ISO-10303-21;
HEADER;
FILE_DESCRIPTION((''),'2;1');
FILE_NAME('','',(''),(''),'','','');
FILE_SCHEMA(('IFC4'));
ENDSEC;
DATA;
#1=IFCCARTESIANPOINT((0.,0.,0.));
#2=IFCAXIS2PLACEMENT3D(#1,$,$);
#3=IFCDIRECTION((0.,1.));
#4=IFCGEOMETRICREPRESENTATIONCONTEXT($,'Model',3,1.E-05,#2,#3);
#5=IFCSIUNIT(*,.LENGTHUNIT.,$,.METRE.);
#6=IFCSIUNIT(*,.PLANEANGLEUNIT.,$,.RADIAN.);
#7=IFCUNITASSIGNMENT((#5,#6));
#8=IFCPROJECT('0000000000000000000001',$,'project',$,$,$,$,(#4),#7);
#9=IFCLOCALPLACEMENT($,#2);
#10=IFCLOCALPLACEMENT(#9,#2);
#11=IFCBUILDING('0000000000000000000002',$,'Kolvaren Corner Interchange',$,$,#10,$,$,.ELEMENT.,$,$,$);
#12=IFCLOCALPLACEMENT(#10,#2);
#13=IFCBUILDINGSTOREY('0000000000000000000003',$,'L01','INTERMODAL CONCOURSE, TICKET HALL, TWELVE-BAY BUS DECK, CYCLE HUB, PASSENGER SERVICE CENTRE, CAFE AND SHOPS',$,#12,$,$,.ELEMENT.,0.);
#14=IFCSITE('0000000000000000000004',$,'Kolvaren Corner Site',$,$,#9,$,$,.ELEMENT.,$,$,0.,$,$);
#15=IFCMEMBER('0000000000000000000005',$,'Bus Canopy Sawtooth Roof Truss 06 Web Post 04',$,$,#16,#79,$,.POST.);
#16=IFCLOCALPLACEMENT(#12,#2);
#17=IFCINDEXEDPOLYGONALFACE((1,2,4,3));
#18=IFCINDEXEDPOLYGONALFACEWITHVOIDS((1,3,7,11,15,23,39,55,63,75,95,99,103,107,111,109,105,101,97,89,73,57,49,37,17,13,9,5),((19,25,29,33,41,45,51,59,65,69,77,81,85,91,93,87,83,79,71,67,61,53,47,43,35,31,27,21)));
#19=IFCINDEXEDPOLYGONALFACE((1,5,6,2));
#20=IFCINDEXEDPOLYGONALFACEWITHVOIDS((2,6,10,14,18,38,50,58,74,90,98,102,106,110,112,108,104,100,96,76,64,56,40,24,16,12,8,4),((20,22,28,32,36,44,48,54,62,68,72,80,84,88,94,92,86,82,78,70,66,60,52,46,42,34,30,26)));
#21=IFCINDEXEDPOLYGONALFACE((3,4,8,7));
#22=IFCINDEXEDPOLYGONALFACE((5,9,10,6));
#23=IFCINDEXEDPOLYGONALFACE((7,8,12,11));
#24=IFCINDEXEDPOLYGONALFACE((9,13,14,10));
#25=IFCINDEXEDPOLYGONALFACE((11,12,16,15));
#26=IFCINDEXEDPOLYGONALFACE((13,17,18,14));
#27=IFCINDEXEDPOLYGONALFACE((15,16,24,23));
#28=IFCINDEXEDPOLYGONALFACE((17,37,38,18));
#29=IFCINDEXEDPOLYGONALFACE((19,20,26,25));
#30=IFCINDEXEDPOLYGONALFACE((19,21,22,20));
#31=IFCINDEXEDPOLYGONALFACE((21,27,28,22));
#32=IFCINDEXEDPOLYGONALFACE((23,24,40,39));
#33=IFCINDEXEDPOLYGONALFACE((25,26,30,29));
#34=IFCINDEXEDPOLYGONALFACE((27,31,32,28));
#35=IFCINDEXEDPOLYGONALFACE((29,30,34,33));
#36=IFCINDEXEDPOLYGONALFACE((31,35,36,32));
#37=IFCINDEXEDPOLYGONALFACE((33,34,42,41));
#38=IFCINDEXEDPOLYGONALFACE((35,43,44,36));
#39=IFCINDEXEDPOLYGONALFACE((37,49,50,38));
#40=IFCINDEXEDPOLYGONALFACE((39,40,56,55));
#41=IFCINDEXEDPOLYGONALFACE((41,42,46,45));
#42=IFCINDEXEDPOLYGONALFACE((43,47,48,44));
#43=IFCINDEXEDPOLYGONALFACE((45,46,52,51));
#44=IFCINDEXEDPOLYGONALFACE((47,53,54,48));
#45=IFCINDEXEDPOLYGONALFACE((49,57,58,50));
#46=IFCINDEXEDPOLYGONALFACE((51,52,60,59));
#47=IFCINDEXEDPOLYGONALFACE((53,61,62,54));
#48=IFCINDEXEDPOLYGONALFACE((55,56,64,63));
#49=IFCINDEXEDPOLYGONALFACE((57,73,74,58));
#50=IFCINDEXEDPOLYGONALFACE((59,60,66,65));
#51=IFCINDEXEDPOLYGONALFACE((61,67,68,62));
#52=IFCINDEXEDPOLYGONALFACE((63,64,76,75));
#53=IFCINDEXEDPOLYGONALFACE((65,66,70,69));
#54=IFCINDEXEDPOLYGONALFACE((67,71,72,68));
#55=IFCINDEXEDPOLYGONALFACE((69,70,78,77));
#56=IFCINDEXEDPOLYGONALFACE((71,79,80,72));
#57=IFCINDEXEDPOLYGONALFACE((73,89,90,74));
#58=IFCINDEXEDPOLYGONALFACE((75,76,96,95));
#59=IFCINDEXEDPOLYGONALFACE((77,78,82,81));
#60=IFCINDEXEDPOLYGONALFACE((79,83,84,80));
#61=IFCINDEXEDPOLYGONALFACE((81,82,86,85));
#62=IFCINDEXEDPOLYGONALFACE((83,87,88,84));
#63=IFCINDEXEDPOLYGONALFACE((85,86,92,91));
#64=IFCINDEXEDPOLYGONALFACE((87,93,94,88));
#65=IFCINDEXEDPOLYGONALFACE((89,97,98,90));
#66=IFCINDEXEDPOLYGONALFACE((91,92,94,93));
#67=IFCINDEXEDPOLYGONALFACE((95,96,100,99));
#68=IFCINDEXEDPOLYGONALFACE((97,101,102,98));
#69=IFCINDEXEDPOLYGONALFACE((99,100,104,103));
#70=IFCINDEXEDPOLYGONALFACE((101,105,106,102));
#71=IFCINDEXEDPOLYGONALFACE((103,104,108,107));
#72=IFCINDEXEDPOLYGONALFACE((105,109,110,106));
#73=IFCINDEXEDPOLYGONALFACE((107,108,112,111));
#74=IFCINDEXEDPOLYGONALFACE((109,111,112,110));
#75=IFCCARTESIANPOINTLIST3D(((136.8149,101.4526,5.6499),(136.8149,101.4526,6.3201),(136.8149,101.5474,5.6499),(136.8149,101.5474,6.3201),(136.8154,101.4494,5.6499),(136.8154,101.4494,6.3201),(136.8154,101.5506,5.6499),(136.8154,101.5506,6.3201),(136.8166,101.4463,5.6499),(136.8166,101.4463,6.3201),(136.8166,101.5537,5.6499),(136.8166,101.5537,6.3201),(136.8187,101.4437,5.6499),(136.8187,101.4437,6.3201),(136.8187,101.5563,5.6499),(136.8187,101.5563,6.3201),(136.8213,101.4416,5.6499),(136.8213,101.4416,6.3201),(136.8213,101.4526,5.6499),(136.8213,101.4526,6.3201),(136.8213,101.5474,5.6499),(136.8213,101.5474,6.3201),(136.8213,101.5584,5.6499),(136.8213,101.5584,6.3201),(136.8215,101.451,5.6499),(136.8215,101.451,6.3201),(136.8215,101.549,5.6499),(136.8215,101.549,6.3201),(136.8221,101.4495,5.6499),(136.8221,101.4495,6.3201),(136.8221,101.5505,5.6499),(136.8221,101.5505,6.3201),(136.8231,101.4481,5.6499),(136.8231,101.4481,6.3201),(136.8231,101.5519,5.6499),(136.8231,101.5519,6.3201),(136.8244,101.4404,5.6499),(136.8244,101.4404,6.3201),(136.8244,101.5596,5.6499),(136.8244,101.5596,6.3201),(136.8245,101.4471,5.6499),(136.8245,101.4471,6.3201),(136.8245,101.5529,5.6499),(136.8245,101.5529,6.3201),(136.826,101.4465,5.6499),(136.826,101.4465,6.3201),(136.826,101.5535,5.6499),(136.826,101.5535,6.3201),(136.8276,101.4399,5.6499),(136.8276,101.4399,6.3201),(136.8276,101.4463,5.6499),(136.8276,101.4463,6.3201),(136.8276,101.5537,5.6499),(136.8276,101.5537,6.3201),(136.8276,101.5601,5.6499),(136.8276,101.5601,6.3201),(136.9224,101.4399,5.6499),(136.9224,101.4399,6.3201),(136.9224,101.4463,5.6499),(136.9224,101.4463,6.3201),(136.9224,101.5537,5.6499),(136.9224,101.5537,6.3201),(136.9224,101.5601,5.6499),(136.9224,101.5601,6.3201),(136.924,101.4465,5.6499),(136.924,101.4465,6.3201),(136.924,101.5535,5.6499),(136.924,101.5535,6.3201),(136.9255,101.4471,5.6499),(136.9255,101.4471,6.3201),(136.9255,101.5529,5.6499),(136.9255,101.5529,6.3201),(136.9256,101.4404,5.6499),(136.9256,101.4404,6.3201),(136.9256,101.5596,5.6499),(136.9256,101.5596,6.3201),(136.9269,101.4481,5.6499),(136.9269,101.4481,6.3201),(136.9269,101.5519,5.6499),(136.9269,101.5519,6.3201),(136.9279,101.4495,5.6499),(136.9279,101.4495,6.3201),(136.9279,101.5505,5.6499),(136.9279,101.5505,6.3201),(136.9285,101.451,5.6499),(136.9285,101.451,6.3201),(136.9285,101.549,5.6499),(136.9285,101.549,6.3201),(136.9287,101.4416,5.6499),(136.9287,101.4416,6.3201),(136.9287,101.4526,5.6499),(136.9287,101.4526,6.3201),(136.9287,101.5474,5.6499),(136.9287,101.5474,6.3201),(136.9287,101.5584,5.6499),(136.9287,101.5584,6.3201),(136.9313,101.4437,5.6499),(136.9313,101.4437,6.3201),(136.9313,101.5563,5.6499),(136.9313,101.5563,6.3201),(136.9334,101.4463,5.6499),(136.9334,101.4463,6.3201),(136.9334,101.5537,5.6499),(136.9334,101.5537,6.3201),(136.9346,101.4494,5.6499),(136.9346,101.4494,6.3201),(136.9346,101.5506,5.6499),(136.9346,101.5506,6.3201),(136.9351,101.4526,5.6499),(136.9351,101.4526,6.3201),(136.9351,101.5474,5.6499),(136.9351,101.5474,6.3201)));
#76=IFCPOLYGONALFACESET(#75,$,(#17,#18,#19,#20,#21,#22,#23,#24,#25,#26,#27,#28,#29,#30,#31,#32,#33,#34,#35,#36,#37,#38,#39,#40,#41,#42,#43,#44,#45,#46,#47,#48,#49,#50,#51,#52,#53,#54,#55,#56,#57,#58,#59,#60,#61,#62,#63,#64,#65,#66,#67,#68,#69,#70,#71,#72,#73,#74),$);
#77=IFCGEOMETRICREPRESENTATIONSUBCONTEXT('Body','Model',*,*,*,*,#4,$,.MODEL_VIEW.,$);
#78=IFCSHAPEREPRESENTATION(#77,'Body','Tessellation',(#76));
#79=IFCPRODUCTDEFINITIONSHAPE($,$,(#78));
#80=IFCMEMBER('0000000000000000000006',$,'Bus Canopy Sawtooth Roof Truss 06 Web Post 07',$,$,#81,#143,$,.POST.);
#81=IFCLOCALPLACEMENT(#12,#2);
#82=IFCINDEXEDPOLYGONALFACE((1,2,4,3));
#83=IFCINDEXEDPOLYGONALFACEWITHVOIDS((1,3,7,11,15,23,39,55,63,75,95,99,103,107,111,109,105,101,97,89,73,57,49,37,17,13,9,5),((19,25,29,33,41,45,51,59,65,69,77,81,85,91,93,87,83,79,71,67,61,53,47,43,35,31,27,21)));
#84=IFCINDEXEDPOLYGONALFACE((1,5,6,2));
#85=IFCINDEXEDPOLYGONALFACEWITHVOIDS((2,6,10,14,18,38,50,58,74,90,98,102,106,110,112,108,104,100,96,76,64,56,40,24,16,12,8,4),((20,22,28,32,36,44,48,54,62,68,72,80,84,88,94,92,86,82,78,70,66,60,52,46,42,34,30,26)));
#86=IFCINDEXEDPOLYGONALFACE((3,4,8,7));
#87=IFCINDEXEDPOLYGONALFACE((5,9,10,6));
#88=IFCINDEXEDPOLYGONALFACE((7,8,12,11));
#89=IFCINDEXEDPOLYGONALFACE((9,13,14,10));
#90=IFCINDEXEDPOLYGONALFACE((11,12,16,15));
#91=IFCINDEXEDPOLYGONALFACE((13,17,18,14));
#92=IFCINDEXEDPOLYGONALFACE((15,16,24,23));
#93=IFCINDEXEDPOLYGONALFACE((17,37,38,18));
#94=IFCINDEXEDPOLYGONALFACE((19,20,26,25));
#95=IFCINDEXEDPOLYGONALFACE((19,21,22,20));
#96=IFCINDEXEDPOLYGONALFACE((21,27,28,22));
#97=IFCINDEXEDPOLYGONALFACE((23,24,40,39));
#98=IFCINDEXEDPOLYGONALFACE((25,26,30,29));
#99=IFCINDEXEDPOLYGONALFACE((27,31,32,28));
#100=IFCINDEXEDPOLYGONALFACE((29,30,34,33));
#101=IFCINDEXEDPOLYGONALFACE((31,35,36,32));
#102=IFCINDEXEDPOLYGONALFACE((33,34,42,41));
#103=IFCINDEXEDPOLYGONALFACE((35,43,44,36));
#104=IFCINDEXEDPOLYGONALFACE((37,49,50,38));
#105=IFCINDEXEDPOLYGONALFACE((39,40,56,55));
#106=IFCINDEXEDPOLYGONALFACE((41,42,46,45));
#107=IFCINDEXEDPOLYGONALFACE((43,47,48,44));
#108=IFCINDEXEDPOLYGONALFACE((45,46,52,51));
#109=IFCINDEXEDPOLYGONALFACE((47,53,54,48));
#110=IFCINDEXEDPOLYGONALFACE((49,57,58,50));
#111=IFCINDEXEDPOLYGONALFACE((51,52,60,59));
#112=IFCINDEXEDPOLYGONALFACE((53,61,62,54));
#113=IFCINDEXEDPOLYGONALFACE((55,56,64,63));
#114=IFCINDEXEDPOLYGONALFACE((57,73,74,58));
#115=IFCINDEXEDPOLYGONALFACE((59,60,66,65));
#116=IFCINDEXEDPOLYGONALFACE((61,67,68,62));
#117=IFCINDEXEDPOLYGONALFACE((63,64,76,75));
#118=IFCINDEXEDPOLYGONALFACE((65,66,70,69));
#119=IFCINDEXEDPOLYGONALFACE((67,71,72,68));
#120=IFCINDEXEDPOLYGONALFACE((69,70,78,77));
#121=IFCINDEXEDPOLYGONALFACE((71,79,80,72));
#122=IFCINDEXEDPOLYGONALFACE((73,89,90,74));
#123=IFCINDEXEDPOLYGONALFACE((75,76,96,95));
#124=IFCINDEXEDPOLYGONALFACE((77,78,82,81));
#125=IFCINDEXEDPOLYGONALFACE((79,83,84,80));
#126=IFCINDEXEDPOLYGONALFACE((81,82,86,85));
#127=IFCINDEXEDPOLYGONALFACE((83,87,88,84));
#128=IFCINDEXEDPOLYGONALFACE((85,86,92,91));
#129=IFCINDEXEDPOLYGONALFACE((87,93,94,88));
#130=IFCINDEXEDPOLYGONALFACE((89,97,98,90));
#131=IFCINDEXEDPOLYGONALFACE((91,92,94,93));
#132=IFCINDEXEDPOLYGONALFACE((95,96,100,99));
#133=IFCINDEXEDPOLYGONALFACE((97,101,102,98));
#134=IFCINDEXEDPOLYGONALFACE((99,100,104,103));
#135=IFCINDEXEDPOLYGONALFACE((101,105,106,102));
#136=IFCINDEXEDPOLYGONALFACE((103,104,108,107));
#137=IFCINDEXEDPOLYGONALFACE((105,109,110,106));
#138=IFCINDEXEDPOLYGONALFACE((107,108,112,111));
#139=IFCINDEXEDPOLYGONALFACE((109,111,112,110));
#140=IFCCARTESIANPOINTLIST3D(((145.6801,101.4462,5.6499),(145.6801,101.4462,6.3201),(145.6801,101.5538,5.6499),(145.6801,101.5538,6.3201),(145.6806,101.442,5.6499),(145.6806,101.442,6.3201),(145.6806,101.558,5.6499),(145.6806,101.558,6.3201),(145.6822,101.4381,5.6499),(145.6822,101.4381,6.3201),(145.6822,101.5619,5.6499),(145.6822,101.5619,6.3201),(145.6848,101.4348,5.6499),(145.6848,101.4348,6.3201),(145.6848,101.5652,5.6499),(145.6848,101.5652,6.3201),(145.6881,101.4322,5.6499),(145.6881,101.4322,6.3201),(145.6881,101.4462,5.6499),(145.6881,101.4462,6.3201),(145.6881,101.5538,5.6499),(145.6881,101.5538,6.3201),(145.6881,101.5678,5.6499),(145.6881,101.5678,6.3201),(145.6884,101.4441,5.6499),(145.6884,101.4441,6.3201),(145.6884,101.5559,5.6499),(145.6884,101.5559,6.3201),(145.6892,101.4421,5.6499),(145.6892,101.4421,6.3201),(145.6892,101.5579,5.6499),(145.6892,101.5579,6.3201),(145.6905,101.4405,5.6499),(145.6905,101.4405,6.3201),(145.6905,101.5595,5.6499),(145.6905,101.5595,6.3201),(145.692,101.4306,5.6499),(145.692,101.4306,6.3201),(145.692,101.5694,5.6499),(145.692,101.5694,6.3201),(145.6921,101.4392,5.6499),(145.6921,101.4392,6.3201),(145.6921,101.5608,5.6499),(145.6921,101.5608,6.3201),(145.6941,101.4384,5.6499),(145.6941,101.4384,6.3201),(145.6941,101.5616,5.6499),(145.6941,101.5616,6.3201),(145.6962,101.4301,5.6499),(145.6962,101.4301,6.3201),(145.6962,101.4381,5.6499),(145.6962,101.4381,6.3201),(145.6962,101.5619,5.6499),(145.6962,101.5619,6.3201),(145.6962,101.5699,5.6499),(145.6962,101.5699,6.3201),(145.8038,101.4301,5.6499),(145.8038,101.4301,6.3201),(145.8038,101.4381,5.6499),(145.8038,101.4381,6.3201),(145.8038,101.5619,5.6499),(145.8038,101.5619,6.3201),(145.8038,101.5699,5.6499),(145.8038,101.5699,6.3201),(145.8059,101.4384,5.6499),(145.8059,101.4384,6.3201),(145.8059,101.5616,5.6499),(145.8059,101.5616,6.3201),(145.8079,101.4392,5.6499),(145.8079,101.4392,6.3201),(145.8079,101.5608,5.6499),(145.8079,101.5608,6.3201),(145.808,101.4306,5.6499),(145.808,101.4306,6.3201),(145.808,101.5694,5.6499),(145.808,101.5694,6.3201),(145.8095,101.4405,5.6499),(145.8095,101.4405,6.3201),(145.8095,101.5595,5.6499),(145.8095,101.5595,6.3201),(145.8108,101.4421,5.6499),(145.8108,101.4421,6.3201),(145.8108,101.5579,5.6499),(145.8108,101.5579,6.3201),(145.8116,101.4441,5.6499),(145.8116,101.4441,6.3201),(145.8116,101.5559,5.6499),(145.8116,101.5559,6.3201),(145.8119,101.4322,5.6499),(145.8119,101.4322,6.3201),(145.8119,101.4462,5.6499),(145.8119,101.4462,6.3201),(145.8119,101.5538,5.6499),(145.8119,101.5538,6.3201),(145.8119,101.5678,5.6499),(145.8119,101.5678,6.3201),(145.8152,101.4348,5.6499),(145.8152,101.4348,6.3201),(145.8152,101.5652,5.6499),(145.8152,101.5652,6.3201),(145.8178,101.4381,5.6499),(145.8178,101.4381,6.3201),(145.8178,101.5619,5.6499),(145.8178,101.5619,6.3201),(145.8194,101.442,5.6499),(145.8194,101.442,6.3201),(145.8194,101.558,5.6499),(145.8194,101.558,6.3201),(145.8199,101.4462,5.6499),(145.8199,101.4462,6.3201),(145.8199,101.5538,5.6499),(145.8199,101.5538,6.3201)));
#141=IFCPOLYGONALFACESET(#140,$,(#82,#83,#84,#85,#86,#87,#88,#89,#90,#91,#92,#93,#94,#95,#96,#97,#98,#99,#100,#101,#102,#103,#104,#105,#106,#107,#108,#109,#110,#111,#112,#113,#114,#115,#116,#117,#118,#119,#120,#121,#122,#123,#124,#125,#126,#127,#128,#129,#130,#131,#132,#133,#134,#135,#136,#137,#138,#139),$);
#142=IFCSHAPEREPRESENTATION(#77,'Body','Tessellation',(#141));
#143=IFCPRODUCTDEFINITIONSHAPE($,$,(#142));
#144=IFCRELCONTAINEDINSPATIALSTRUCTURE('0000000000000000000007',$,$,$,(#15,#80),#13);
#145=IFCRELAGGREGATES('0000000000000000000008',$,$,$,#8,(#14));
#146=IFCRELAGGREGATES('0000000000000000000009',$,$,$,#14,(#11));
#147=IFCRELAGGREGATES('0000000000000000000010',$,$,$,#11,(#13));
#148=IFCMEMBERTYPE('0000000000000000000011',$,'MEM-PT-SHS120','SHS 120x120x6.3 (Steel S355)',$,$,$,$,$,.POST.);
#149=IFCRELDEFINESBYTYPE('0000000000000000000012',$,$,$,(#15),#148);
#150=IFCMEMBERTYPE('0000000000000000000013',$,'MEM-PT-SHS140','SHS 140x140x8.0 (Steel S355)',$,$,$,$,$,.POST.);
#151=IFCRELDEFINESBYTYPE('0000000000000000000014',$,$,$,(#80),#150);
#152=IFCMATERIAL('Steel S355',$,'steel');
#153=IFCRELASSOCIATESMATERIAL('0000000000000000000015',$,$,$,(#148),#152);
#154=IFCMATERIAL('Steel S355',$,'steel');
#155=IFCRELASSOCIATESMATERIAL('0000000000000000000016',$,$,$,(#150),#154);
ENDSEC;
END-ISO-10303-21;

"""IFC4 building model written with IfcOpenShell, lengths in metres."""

from ifc_helpers import new_model, si_unit, direction, frame, origin, origin_2d, place, context, subcontext, project, spatial, hollow_rectangle, extrude, material, material_profile, profile_set, type_object, element, save


model = new_model("IFC4")

# Units and contexts
model_context = context("Model", 3, precision=1e-05, world=origin(), true_north=direction((0.0, 1.0)))
body_context = subcontext(model_context, "Body", "Model", "MODEL_VIEW")
ifc_project = project(units=[si_unit("LENGTHUNIT", "METRE"), si_unit("PLANEANGLEUNIT", "RADIAN")], contexts=[model_context])

# Site, building, storey
site_placement = place(None, origin())
site = spatial("IfcSite", under=ifc_project, at=site_placement, Name="Kolvaren Corner Site", CompositionType="ELEMENT", RefElevation=0.0)
building_placement = place(site_placement, origin())
building = spatial("IfcBuilding", under=site, at=building_placement, Name="Kolvaren Corner Interchange", CompositionType="ELEMENT")
storey_placement = place(building_placement, origin())
storey = spatial("IfcBuildingStorey", under=building, at=storey_placement, Name="L01", Description="INTERMODAL CONCOURSE, TICKET HALL, TWELVE-BAY BUS DECK, CYCLE HUB, PASSENGER SERVICE CENTRE, CAFE AND SHOPS", CompositionType="ELEMENT", Elevation=0.0)

# Members
ifc_material_1 = material(Name="Steel S355", Category="steel")
ifc_material_profile_1 = material_profile(ifc_material_1, hollow_rectangle(XDim=0.1201, YDim=0.1201, WallThickness=0.0063, InnerFilletRadius=0.0063, OuterFilletRadius=0.0127, at=origin_2d()), Name="SHS 120x120x6.3")
ifc_profile_set_1 = profile_set([ifc_material_profile_1], Name="Steel S355")
member_type_1 = type_object("IfcMemberType", Name="MEM-PT-SHS120", Description="SHS 120x120x6.3 (Steel S355)", PredefinedType="POST", material=ifc_profile_set_1)
member_1_placement = place(storey_placement, frame((136.875, 101.5, 5.6499), z_axis=(0.0, 0.0, 1.0), x_axis=(1.0, 0.0, 0.0)))
element("IfcMember", 1, at=member_1_placement, inside=storey, type_object=member_type_1, Name="Bus Canopy Sawtooth Roof Truss 06 Web Post 04", PredefinedType="POST", context=body_context, shape_type="SweptSolid", body=[
    extrude(hollow_rectangle(XDim=0.1201, YDim=0.1201, WallThickness=0.0063, InnerFilletRadius=0.0063, OuterFilletRadius=0.0127, at=origin_2d()), origin(), (0.0, 0.0, 1.0), 0.6702),
])
ifc_material_2 = material(Name="Steel S355", Category="steel")
ifc_material_profile_2 = material_profile(ifc_material_2, hollow_rectangle(XDim=0.1399, YDim=0.1399, WallThickness=0.0081, InnerFilletRadius=0.0081, OuterFilletRadius=0.0161, at=origin_2d()), Name="SHS 140x140x8.0")
ifc_profile_set_2 = profile_set([ifc_material_profile_2], Name="Steel S355")
member_type_2 = type_object("IfcMemberType", Name="MEM-PT-SHS140", Description="SHS 140x140x8.0 (Steel S355)", PredefinedType="POST", material=ifc_profile_set_2)
member_2_placement = place(storey_placement, frame((145.75, 101.5, 5.6499), z_axis=(0.0, 0.0, 1.0), x_axis=(1.0, 0.0, 0.0)))
element("IfcMember", 2, at=member_2_placement, inside=storey, type_object=member_type_2, Name="Bus Canopy Sawtooth Roof Truss 06 Web Post 07", PredefinedType="POST", context=body_context, shape_type="SweptSolid", body=[
    extrude(hollow_rectangle(XDim=0.1399, YDim=0.1399, WallThickness=0.0081, InnerFilletRadius=0.0081, OuterFilletRadius=0.0161, at=origin_2d()), origin(), (0.0, 0.0, 1.0), 0.6702),
])

save(model, "model.ifc")
